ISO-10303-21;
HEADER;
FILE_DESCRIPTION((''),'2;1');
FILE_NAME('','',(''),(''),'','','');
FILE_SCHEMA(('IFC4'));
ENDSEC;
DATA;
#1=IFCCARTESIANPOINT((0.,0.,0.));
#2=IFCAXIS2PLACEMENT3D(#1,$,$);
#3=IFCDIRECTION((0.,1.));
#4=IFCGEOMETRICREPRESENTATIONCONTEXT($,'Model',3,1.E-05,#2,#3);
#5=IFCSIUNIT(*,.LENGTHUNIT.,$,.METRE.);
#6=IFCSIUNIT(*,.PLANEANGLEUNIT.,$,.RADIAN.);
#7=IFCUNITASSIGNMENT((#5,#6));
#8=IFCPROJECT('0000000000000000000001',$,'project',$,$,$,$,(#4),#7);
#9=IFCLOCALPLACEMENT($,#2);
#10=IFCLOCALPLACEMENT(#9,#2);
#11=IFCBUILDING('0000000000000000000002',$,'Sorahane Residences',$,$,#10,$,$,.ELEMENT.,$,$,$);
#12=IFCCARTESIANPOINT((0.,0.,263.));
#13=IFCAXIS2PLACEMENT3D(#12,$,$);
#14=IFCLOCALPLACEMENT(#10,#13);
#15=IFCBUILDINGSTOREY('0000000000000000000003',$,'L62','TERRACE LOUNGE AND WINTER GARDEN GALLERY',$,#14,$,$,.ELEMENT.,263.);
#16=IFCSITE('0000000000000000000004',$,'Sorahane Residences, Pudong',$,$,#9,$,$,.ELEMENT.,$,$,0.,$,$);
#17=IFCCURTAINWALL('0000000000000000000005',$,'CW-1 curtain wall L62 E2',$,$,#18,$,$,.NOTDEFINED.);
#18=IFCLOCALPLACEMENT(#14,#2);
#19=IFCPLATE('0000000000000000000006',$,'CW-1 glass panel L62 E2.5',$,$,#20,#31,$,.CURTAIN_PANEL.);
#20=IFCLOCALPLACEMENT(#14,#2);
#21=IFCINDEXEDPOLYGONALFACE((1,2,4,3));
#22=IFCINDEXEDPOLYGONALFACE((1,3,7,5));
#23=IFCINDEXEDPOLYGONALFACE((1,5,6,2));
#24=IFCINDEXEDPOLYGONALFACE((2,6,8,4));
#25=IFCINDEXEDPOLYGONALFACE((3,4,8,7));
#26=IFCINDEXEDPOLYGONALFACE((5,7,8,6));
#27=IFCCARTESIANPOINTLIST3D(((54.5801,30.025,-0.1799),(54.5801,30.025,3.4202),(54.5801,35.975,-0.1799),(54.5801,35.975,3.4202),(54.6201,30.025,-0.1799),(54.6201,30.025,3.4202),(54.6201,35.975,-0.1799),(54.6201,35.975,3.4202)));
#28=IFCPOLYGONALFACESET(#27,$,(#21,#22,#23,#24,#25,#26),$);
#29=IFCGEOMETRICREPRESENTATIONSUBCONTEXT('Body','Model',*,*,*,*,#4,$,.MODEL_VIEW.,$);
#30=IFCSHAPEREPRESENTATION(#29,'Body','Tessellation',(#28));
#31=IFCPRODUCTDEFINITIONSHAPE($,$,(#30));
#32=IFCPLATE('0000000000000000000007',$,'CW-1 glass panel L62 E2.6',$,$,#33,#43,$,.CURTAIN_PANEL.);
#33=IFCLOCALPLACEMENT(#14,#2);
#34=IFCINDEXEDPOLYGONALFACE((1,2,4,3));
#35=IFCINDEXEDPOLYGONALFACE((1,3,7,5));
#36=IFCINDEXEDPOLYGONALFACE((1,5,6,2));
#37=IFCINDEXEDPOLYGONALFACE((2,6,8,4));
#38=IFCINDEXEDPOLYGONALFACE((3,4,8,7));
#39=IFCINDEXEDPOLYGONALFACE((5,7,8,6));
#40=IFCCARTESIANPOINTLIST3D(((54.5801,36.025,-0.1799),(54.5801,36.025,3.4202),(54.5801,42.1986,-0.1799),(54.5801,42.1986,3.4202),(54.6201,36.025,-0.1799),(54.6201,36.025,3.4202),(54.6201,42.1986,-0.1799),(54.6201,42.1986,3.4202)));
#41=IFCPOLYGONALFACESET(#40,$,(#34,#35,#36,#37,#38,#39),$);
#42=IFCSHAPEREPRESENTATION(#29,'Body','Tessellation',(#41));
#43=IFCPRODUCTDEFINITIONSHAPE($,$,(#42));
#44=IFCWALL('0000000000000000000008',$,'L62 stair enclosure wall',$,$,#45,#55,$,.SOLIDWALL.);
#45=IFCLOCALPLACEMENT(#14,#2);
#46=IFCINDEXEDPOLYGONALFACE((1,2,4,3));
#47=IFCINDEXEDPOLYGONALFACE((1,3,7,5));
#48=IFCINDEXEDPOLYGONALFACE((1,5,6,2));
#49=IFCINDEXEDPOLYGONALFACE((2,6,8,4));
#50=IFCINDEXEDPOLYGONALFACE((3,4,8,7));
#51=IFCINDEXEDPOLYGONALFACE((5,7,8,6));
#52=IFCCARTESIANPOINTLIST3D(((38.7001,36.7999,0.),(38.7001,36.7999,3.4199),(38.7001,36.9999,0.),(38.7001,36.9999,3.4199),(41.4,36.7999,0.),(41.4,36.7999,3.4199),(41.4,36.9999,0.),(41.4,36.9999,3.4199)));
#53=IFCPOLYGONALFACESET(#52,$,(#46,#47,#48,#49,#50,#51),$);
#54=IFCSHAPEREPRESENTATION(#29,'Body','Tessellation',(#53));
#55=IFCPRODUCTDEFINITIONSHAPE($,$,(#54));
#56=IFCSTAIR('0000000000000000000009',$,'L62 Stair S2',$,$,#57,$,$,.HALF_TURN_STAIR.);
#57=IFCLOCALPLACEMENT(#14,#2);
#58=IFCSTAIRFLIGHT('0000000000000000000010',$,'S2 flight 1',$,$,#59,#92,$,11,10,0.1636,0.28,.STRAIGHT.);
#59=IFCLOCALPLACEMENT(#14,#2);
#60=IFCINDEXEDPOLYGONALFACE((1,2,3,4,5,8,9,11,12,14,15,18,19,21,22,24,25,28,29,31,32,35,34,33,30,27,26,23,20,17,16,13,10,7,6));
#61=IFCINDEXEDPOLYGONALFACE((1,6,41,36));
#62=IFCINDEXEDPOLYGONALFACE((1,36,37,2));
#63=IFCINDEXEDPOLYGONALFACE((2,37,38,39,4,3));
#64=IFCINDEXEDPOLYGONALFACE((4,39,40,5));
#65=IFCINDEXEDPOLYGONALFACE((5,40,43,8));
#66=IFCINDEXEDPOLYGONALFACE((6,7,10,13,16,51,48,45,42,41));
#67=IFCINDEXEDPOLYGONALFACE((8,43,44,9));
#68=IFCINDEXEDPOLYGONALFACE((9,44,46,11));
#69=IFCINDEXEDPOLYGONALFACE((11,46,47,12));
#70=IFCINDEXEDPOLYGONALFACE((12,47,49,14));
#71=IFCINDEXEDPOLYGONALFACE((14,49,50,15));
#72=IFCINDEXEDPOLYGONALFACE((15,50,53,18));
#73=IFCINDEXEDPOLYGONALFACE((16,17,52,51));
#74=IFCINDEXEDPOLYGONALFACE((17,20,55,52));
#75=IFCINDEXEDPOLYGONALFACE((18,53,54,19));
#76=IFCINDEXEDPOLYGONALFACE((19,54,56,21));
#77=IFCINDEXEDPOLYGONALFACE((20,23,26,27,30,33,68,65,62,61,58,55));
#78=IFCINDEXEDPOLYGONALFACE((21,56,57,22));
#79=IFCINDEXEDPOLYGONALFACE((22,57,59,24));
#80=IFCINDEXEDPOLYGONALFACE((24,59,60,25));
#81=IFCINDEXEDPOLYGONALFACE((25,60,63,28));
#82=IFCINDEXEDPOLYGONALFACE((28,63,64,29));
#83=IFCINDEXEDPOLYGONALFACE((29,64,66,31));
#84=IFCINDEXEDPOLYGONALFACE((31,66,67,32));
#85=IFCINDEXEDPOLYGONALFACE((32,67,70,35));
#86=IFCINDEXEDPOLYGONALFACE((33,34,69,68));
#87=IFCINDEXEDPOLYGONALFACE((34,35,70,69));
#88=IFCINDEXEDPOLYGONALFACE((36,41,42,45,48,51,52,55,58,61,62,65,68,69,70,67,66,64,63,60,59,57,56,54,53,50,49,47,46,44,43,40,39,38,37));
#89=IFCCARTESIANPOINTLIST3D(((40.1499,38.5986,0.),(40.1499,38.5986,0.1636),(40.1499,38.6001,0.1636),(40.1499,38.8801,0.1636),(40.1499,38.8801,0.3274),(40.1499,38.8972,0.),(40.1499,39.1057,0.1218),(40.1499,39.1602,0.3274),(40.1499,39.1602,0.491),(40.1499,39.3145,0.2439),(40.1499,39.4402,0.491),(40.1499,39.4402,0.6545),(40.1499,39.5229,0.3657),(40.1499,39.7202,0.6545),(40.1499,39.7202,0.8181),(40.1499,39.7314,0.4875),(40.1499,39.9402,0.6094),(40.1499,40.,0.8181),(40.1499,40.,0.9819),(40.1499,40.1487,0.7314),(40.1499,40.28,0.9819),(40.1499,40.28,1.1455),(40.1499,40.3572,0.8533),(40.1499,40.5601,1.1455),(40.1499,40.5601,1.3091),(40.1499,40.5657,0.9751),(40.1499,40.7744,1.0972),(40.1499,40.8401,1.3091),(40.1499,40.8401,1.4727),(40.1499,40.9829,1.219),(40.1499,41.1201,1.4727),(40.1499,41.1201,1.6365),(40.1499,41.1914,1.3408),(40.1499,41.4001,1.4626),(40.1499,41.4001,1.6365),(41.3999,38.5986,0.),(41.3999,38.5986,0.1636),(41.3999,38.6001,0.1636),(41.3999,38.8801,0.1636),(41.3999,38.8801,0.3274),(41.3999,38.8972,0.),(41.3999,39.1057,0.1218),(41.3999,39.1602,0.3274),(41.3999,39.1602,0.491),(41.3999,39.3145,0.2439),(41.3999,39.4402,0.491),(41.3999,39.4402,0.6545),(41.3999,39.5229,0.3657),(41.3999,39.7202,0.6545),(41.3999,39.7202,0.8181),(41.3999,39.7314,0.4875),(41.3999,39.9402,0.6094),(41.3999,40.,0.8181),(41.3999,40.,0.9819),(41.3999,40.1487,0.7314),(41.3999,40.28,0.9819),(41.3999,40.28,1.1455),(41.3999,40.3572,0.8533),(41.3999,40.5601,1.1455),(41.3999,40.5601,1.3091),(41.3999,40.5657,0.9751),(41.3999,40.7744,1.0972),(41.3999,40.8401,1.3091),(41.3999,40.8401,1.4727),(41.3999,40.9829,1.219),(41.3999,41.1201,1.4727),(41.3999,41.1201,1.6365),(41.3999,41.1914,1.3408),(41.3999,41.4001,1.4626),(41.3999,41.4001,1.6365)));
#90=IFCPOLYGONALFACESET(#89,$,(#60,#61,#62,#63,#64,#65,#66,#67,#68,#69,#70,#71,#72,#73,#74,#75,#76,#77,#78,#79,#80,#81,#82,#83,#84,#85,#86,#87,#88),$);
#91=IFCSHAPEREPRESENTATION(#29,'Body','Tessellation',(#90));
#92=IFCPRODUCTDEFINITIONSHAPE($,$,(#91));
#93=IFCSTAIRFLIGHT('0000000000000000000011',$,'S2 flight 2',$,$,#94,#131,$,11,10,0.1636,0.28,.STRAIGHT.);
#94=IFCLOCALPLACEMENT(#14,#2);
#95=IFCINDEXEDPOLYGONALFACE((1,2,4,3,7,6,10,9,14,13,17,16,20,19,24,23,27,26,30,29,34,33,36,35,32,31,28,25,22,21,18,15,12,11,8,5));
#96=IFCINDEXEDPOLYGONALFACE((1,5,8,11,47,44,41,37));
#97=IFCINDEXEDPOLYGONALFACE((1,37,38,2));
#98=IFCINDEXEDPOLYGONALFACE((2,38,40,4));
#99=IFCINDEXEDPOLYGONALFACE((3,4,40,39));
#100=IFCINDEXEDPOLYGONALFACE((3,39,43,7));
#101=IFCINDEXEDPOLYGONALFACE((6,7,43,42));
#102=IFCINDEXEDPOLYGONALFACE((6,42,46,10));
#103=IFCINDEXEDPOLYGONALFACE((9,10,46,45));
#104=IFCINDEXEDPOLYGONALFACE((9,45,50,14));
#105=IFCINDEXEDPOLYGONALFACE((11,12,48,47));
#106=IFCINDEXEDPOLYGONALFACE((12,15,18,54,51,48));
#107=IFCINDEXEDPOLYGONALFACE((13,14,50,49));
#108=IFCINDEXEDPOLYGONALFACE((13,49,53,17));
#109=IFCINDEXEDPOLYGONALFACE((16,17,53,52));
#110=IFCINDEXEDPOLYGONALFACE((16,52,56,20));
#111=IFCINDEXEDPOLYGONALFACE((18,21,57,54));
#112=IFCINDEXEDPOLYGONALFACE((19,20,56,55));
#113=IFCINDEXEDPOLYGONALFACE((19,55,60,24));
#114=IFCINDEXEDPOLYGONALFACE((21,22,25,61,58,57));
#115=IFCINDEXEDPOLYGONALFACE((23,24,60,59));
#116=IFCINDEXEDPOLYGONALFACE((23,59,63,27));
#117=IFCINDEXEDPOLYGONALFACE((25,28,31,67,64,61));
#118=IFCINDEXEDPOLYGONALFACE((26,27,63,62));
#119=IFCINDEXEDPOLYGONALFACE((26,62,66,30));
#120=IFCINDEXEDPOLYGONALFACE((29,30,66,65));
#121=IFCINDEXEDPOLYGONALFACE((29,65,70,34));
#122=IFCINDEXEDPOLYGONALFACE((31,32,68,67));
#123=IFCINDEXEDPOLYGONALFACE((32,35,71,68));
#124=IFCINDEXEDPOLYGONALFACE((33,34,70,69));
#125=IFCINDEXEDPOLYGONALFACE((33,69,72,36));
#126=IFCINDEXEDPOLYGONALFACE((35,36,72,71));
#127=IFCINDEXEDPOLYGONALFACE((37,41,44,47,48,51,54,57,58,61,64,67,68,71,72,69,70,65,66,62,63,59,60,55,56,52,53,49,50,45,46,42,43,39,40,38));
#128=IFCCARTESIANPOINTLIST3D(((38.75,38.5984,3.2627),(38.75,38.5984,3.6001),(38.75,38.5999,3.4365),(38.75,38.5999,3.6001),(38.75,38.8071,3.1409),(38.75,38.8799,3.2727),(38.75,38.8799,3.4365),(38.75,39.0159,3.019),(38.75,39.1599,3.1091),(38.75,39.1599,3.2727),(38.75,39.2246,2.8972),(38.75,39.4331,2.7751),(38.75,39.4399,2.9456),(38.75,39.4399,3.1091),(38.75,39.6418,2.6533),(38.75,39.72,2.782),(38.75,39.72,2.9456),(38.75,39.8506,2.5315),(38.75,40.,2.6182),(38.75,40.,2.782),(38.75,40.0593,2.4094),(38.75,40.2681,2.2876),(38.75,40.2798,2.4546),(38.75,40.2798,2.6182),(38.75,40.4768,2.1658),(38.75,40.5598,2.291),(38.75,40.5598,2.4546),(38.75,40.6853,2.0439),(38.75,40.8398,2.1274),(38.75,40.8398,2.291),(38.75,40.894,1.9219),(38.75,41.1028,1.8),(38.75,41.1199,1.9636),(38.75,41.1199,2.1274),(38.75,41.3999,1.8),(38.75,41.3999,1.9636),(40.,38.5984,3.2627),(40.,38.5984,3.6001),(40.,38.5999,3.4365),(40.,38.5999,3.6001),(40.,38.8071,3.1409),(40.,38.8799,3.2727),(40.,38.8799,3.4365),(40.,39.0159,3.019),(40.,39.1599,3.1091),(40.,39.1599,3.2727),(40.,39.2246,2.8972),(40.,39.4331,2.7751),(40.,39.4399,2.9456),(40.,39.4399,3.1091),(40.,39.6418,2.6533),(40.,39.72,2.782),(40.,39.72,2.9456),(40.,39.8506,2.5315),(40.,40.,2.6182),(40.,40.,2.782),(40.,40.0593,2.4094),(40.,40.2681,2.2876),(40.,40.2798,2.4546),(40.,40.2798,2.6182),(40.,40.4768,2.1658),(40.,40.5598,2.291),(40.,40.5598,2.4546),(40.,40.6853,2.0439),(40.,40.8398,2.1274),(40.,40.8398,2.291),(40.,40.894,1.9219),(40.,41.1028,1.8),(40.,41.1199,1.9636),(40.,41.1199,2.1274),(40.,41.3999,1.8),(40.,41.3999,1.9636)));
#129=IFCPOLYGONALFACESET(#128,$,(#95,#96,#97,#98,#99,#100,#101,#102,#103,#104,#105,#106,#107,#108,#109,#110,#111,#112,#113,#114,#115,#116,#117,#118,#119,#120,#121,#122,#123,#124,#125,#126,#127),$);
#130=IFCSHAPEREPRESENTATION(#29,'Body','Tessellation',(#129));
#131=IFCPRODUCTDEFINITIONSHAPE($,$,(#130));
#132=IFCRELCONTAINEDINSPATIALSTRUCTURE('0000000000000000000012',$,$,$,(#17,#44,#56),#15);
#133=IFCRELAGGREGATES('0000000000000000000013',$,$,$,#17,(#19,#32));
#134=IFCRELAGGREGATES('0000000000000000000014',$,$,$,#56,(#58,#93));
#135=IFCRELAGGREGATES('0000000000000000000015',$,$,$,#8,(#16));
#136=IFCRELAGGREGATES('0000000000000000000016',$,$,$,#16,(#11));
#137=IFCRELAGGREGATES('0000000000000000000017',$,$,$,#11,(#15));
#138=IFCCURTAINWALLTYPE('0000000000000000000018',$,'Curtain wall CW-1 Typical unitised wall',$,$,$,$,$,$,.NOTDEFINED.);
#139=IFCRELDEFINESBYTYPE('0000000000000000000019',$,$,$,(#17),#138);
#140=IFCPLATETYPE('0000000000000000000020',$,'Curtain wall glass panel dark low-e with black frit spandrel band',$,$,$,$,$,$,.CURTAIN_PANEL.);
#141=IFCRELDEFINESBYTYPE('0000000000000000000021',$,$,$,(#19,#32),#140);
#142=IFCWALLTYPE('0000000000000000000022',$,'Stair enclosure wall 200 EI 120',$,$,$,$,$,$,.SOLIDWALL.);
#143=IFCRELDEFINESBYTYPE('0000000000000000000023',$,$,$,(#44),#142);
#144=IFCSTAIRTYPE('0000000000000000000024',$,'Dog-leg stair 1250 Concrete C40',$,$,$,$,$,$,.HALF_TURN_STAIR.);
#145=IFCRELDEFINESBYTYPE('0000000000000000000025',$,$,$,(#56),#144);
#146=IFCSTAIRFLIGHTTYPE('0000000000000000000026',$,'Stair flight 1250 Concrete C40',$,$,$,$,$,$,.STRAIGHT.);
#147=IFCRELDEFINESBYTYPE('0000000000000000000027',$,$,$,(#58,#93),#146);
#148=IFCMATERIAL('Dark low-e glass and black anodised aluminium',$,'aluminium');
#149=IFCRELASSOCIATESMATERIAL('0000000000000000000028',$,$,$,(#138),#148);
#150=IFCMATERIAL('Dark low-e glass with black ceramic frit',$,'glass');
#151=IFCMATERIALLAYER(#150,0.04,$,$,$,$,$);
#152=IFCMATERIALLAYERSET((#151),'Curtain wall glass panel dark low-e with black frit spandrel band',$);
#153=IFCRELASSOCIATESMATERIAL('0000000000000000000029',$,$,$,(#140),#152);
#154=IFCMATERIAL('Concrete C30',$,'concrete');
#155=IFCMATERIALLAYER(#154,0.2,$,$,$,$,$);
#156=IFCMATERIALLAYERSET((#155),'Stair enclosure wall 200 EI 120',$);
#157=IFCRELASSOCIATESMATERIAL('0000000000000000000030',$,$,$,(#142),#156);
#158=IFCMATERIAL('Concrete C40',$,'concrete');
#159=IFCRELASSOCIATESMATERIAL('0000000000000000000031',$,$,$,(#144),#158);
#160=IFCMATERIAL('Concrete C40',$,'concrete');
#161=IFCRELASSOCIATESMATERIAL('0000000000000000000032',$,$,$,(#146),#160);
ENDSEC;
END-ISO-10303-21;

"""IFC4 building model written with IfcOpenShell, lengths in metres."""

from ifc_helpers import new_model, si_unit, direction, frame, frame_2d, origin, origin_2d, place, context, subcontext, project, spatial, polyline, rectangle, outline, extrude, material, layer, layer_set, type_object, element, aggregate, save


model = new_model("IFC4")

# Units and contexts
model_context = context("Model", 3, precision=1e-05, world=origin(), true_north=direction((0.0, 1.0)))
body_context = subcontext(model_context, "Body", "Model", "MODEL_VIEW")
ifc_project = project(units=[si_unit("LENGTHUNIT", "METRE"), si_unit("PLANEANGLEUNIT", "RADIAN")], contexts=[model_context])

# Site, building, storey
site_placement = place(None, origin())
site = spatial("IfcSite", under=ifc_project, at=site_placement, Name="Sorahane Residences, Pudong", CompositionType="ELEMENT", RefElevation=0.0)
building_placement = place(site_placement, origin())
building = spatial("IfcBuilding", under=site, at=building_placement, Name="Sorahane Residences", CompositionType="ELEMENT")
storey_placement = place(building_placement, frame((0.0, 0.0, 263.0)))
storey = spatial("IfcBuildingStorey", under=building, at=storey_placement, Name="L62", Description="TERRACE LOUNGE AND WINTER GARDEN GALLERY", CompositionType="ELEMENT", Elevation=263.0)

# Curtain wall
ifc_material_1 = material(Name="Dark low-e glass and black anodised aluminium", Category="aluminium")
curtain_wall_type = type_object("IfcCurtainWallType", Name="Curtain wall CW-1 Typical unitised wall", PredefinedType="NOTDEFINED", material=ifc_material_1)
curtain_wall_placement = place(storey_placement, origin())
curtain_wall = element("IfcCurtainWall", 1, at=curtain_wall_placement, inside=storey, type_object=curtain_wall_type, Name="CW-1 curtain wall L62 E2", PredefinedType="NOTDEFINED")

# Plates
ifc_material_2 = material(Name="Dark low-e glass with black ceramic frit", Category="glass")
ifc_layer_1 = layer(ifc_material_2, 0.04)
ifc_layer_set_1 = layer_set([ifc_layer_1], Name="Curtain wall glass panel dark low-e with black frit spandrel band")
plate_type = type_object("IfcPlateType", Name="Curtain wall glass panel dark low-e with black frit spandrel band", PredefinedType="CURTAIN_PANEL", material=ifc_layer_set_1)
plate_1_placement = place(storey_placement, frame((54.6001, 33.0, -0.1799), z_axis=(0.0, 0.0, 1.0), x_axis=(0.0, 1.0, 0.0)))
plate_1 = element("IfcPlate", 2, at=plate_1_placement, type_object=plate_type, Name="CW-1 glass panel L62 E2.5", PredefinedType="CURTAIN_PANEL", context=body_context, shape_type="SweptSolid", body=[
    extrude(rectangle(XDim=5.95, YDim=0.04, at=origin_2d()), origin(), (0.0, 0.0, 1.0), 3.6001),
])
plate_2_placement = place(storey_placement, frame((54.6001, 39.1118, -0.1799), z_axis=(0.0, 0.0, 1.0), x_axis=(0.0, 1.0, 0.0)))
plate_2 = element("IfcPlate", 3, at=plate_2_placement, type_object=plate_type, Name="CW-1 glass panel L62 E2.6", PredefinedType="CURTAIN_PANEL", context=body_context, shape_type="SweptSolid", body=[
    extrude(rectangle(XDim=6.1736, YDim=0.04, at=origin_2d()), origin(), (0.0, 0.0, 1.0), 3.6001),
])
aggregate(curtain_wall, [plate_1, plate_2])

# Wall
ifc_material_3 = material(Name="Concrete C30", Category="concrete")
ifc_layer_2 = layer(ifc_material_3, 0.2)
ifc_layer_set_2 = layer_set([ifc_layer_2], Name="Stair enclosure wall 200 EI 120")
wall_type = type_object("IfcWallType", Name="Stair enclosure wall 200 EI 120", PredefinedType="SOLIDWALL", material=ifc_layer_set_2)
wall_placement = place(storey_placement, frame((38.7, 36.8999, 0.0), z_axis=(0.0, 0.0, 1.0), x_axis=(1.0, 0.0, 0.0)))
element("IfcWall", 4, at=wall_placement, inside=storey, type_object=wall_type, Name="L62 stair enclosure wall", PredefinedType="SOLIDWALL", context=body_context, shape_type="SweptSolid", body=[
    extrude(rectangle(XDim=2.7, YDim=0.2, at=frame_2d((1.3501, 0.0))), origin(), (0.0, 0.0, 1.0), 3.4199),
])

# Stair, stair flights
ifc_material_4 = material(Name="Concrete C40", Category="concrete")
stair_type = type_object("IfcStairType", Name="Dog-leg stair 1250 Concrete C40", PredefinedType="HALF_TURN_STAIR", material=ifc_material_4)
stair_placement = place(storey_placement, origin())
stair = element("IfcStair", 5, at=stair_placement, inside=storey, type_object=stair_type, Name="L62 Stair S2", PredefinedType="HALF_TURN_STAIR")
ifc_material_5 = material(Name="Concrete C40", Category="concrete")
stair_flight_type = type_object("IfcStairFlightType", Name="Stair flight 1250 Concrete C40", PredefinedType="STRAIGHT", material=ifc_material_5)
stair_flight_1_placement = place(storey_placement, frame((40.7749, 38.6001, 0.0), z_axis=(0.0, 0.0, 1.0), x_axis=(0.0, 1.0, 0.0)))
stair_flight_1 = element("IfcStairFlight", 6, at=stair_flight_1_placement, type_object=stair_flight_type, Name="S2 flight 1", NumberOfRisers=11, NumberOfTreads=10, PredefinedType="STRAIGHT", RiserHeight=0.1636, TreadLength=0.28, context=body_context, shape_type="SweptSolid", body=[
    extrude(outline(polyline([(-0.0015, 0.0), (-0.0015, 0.1636), (0.0, 0.1636), (0.28, 0.1636), (0.28, 0.3274), (0.5601, 0.3274), (0.5601, 0.491), (0.8401, 0.491), (0.8401, 0.6545), (1.1201, 0.6545), (1.1201, 0.8181), (1.3999, 0.8181), (1.3999, 0.9819), (1.6799, 0.9819), (1.6799, 1.1455), (1.96, 1.1455), (1.96, 1.3091), (2.24, 1.3091), (2.24, 1.4727), (2.52, 1.4727), (2.52, 1.6365), (2.8, 1.6365), (2.8, 1.8), (2.8, 1.4626), (2.5913, 1.3408), (2.3828, 1.219), (2.1743, 1.0972), (1.9656, 0.9751), (1.7571, 0.8533), (1.5486, 0.7314), (1.3401, 0.6094), (1.1313, 0.4875), (0.9229, 0.3657), (0.7144, 0.2439), (0.5056, 0.1218), (0.2971, 0.0), (-0.0015, 0.0)])), frame((0.0, 0.625, 0.0), z_axis=(0.0, -1.0, 0.0), x_axis=(1.0, 0.0, 0.0)), (0.0, 0.0, 1.0), 1.25),
])
stair_flight_2_placement = place(storey_placement, frame((39.375, 41.3999, 1.8), z_axis=(0.0, 0.0, 1.0), x_axis=(0.0, -1.0, 0.0)))
stair_flight_2 = element("IfcStairFlight", 7, at=stair_flight_2_placement, type_object=stair_flight_type, Name="S2 flight 2", NumberOfRisers=11, NumberOfTreads=10, PredefinedType="STRAIGHT", RiserHeight=0.1636, TreadLength=0.28, context=body_context, shape_type="SweptSolid", body=[
    extrude(outline(polyline([(0.0, 0.0), (0.0, 0.1636), (0.28, 0.1636), (0.28, 0.3274), (0.5601, 0.3274), (0.5601, 0.491), (0.8401, 0.491), (0.8401, 0.6545), (1.1201, 0.6545), (1.1201, 0.8181), (1.3999, 0.8181), (1.3999, 0.9819), (1.6799, 0.9819), (1.6799, 1.1455), (1.96, 1.1455), (1.96, 1.3091), (2.24, 1.3091), (2.24, 1.4727), (2.52, 1.4727), (2.52, 1.6365), (2.8, 1.6365), (2.8, 1.8), (2.8015, 1.8), (2.8015, 1.4626), (2.5928, 1.3408), (2.384, 1.219), (2.1753, 1.0972), (1.9668, 0.9751), (1.7581, 0.8533), (1.5493, 0.7314), (1.3406, 0.6094), (1.1318, 0.4875), (0.9231, 0.3657), (0.7146, 0.2439), (0.5059, 0.1218), (0.2971, 0.0), (0.0, 0.0)])), frame((0.0, 0.625, 0.0), z_axis=(0.0, -1.0, 0.0), x_axis=(1.0, 0.0, 0.0)), (0.0, 0.0, 1.0), 1.25),
])
aggregate(stair, [stair_flight_1, stair_flight_2])

save(model, "model.ifc")
